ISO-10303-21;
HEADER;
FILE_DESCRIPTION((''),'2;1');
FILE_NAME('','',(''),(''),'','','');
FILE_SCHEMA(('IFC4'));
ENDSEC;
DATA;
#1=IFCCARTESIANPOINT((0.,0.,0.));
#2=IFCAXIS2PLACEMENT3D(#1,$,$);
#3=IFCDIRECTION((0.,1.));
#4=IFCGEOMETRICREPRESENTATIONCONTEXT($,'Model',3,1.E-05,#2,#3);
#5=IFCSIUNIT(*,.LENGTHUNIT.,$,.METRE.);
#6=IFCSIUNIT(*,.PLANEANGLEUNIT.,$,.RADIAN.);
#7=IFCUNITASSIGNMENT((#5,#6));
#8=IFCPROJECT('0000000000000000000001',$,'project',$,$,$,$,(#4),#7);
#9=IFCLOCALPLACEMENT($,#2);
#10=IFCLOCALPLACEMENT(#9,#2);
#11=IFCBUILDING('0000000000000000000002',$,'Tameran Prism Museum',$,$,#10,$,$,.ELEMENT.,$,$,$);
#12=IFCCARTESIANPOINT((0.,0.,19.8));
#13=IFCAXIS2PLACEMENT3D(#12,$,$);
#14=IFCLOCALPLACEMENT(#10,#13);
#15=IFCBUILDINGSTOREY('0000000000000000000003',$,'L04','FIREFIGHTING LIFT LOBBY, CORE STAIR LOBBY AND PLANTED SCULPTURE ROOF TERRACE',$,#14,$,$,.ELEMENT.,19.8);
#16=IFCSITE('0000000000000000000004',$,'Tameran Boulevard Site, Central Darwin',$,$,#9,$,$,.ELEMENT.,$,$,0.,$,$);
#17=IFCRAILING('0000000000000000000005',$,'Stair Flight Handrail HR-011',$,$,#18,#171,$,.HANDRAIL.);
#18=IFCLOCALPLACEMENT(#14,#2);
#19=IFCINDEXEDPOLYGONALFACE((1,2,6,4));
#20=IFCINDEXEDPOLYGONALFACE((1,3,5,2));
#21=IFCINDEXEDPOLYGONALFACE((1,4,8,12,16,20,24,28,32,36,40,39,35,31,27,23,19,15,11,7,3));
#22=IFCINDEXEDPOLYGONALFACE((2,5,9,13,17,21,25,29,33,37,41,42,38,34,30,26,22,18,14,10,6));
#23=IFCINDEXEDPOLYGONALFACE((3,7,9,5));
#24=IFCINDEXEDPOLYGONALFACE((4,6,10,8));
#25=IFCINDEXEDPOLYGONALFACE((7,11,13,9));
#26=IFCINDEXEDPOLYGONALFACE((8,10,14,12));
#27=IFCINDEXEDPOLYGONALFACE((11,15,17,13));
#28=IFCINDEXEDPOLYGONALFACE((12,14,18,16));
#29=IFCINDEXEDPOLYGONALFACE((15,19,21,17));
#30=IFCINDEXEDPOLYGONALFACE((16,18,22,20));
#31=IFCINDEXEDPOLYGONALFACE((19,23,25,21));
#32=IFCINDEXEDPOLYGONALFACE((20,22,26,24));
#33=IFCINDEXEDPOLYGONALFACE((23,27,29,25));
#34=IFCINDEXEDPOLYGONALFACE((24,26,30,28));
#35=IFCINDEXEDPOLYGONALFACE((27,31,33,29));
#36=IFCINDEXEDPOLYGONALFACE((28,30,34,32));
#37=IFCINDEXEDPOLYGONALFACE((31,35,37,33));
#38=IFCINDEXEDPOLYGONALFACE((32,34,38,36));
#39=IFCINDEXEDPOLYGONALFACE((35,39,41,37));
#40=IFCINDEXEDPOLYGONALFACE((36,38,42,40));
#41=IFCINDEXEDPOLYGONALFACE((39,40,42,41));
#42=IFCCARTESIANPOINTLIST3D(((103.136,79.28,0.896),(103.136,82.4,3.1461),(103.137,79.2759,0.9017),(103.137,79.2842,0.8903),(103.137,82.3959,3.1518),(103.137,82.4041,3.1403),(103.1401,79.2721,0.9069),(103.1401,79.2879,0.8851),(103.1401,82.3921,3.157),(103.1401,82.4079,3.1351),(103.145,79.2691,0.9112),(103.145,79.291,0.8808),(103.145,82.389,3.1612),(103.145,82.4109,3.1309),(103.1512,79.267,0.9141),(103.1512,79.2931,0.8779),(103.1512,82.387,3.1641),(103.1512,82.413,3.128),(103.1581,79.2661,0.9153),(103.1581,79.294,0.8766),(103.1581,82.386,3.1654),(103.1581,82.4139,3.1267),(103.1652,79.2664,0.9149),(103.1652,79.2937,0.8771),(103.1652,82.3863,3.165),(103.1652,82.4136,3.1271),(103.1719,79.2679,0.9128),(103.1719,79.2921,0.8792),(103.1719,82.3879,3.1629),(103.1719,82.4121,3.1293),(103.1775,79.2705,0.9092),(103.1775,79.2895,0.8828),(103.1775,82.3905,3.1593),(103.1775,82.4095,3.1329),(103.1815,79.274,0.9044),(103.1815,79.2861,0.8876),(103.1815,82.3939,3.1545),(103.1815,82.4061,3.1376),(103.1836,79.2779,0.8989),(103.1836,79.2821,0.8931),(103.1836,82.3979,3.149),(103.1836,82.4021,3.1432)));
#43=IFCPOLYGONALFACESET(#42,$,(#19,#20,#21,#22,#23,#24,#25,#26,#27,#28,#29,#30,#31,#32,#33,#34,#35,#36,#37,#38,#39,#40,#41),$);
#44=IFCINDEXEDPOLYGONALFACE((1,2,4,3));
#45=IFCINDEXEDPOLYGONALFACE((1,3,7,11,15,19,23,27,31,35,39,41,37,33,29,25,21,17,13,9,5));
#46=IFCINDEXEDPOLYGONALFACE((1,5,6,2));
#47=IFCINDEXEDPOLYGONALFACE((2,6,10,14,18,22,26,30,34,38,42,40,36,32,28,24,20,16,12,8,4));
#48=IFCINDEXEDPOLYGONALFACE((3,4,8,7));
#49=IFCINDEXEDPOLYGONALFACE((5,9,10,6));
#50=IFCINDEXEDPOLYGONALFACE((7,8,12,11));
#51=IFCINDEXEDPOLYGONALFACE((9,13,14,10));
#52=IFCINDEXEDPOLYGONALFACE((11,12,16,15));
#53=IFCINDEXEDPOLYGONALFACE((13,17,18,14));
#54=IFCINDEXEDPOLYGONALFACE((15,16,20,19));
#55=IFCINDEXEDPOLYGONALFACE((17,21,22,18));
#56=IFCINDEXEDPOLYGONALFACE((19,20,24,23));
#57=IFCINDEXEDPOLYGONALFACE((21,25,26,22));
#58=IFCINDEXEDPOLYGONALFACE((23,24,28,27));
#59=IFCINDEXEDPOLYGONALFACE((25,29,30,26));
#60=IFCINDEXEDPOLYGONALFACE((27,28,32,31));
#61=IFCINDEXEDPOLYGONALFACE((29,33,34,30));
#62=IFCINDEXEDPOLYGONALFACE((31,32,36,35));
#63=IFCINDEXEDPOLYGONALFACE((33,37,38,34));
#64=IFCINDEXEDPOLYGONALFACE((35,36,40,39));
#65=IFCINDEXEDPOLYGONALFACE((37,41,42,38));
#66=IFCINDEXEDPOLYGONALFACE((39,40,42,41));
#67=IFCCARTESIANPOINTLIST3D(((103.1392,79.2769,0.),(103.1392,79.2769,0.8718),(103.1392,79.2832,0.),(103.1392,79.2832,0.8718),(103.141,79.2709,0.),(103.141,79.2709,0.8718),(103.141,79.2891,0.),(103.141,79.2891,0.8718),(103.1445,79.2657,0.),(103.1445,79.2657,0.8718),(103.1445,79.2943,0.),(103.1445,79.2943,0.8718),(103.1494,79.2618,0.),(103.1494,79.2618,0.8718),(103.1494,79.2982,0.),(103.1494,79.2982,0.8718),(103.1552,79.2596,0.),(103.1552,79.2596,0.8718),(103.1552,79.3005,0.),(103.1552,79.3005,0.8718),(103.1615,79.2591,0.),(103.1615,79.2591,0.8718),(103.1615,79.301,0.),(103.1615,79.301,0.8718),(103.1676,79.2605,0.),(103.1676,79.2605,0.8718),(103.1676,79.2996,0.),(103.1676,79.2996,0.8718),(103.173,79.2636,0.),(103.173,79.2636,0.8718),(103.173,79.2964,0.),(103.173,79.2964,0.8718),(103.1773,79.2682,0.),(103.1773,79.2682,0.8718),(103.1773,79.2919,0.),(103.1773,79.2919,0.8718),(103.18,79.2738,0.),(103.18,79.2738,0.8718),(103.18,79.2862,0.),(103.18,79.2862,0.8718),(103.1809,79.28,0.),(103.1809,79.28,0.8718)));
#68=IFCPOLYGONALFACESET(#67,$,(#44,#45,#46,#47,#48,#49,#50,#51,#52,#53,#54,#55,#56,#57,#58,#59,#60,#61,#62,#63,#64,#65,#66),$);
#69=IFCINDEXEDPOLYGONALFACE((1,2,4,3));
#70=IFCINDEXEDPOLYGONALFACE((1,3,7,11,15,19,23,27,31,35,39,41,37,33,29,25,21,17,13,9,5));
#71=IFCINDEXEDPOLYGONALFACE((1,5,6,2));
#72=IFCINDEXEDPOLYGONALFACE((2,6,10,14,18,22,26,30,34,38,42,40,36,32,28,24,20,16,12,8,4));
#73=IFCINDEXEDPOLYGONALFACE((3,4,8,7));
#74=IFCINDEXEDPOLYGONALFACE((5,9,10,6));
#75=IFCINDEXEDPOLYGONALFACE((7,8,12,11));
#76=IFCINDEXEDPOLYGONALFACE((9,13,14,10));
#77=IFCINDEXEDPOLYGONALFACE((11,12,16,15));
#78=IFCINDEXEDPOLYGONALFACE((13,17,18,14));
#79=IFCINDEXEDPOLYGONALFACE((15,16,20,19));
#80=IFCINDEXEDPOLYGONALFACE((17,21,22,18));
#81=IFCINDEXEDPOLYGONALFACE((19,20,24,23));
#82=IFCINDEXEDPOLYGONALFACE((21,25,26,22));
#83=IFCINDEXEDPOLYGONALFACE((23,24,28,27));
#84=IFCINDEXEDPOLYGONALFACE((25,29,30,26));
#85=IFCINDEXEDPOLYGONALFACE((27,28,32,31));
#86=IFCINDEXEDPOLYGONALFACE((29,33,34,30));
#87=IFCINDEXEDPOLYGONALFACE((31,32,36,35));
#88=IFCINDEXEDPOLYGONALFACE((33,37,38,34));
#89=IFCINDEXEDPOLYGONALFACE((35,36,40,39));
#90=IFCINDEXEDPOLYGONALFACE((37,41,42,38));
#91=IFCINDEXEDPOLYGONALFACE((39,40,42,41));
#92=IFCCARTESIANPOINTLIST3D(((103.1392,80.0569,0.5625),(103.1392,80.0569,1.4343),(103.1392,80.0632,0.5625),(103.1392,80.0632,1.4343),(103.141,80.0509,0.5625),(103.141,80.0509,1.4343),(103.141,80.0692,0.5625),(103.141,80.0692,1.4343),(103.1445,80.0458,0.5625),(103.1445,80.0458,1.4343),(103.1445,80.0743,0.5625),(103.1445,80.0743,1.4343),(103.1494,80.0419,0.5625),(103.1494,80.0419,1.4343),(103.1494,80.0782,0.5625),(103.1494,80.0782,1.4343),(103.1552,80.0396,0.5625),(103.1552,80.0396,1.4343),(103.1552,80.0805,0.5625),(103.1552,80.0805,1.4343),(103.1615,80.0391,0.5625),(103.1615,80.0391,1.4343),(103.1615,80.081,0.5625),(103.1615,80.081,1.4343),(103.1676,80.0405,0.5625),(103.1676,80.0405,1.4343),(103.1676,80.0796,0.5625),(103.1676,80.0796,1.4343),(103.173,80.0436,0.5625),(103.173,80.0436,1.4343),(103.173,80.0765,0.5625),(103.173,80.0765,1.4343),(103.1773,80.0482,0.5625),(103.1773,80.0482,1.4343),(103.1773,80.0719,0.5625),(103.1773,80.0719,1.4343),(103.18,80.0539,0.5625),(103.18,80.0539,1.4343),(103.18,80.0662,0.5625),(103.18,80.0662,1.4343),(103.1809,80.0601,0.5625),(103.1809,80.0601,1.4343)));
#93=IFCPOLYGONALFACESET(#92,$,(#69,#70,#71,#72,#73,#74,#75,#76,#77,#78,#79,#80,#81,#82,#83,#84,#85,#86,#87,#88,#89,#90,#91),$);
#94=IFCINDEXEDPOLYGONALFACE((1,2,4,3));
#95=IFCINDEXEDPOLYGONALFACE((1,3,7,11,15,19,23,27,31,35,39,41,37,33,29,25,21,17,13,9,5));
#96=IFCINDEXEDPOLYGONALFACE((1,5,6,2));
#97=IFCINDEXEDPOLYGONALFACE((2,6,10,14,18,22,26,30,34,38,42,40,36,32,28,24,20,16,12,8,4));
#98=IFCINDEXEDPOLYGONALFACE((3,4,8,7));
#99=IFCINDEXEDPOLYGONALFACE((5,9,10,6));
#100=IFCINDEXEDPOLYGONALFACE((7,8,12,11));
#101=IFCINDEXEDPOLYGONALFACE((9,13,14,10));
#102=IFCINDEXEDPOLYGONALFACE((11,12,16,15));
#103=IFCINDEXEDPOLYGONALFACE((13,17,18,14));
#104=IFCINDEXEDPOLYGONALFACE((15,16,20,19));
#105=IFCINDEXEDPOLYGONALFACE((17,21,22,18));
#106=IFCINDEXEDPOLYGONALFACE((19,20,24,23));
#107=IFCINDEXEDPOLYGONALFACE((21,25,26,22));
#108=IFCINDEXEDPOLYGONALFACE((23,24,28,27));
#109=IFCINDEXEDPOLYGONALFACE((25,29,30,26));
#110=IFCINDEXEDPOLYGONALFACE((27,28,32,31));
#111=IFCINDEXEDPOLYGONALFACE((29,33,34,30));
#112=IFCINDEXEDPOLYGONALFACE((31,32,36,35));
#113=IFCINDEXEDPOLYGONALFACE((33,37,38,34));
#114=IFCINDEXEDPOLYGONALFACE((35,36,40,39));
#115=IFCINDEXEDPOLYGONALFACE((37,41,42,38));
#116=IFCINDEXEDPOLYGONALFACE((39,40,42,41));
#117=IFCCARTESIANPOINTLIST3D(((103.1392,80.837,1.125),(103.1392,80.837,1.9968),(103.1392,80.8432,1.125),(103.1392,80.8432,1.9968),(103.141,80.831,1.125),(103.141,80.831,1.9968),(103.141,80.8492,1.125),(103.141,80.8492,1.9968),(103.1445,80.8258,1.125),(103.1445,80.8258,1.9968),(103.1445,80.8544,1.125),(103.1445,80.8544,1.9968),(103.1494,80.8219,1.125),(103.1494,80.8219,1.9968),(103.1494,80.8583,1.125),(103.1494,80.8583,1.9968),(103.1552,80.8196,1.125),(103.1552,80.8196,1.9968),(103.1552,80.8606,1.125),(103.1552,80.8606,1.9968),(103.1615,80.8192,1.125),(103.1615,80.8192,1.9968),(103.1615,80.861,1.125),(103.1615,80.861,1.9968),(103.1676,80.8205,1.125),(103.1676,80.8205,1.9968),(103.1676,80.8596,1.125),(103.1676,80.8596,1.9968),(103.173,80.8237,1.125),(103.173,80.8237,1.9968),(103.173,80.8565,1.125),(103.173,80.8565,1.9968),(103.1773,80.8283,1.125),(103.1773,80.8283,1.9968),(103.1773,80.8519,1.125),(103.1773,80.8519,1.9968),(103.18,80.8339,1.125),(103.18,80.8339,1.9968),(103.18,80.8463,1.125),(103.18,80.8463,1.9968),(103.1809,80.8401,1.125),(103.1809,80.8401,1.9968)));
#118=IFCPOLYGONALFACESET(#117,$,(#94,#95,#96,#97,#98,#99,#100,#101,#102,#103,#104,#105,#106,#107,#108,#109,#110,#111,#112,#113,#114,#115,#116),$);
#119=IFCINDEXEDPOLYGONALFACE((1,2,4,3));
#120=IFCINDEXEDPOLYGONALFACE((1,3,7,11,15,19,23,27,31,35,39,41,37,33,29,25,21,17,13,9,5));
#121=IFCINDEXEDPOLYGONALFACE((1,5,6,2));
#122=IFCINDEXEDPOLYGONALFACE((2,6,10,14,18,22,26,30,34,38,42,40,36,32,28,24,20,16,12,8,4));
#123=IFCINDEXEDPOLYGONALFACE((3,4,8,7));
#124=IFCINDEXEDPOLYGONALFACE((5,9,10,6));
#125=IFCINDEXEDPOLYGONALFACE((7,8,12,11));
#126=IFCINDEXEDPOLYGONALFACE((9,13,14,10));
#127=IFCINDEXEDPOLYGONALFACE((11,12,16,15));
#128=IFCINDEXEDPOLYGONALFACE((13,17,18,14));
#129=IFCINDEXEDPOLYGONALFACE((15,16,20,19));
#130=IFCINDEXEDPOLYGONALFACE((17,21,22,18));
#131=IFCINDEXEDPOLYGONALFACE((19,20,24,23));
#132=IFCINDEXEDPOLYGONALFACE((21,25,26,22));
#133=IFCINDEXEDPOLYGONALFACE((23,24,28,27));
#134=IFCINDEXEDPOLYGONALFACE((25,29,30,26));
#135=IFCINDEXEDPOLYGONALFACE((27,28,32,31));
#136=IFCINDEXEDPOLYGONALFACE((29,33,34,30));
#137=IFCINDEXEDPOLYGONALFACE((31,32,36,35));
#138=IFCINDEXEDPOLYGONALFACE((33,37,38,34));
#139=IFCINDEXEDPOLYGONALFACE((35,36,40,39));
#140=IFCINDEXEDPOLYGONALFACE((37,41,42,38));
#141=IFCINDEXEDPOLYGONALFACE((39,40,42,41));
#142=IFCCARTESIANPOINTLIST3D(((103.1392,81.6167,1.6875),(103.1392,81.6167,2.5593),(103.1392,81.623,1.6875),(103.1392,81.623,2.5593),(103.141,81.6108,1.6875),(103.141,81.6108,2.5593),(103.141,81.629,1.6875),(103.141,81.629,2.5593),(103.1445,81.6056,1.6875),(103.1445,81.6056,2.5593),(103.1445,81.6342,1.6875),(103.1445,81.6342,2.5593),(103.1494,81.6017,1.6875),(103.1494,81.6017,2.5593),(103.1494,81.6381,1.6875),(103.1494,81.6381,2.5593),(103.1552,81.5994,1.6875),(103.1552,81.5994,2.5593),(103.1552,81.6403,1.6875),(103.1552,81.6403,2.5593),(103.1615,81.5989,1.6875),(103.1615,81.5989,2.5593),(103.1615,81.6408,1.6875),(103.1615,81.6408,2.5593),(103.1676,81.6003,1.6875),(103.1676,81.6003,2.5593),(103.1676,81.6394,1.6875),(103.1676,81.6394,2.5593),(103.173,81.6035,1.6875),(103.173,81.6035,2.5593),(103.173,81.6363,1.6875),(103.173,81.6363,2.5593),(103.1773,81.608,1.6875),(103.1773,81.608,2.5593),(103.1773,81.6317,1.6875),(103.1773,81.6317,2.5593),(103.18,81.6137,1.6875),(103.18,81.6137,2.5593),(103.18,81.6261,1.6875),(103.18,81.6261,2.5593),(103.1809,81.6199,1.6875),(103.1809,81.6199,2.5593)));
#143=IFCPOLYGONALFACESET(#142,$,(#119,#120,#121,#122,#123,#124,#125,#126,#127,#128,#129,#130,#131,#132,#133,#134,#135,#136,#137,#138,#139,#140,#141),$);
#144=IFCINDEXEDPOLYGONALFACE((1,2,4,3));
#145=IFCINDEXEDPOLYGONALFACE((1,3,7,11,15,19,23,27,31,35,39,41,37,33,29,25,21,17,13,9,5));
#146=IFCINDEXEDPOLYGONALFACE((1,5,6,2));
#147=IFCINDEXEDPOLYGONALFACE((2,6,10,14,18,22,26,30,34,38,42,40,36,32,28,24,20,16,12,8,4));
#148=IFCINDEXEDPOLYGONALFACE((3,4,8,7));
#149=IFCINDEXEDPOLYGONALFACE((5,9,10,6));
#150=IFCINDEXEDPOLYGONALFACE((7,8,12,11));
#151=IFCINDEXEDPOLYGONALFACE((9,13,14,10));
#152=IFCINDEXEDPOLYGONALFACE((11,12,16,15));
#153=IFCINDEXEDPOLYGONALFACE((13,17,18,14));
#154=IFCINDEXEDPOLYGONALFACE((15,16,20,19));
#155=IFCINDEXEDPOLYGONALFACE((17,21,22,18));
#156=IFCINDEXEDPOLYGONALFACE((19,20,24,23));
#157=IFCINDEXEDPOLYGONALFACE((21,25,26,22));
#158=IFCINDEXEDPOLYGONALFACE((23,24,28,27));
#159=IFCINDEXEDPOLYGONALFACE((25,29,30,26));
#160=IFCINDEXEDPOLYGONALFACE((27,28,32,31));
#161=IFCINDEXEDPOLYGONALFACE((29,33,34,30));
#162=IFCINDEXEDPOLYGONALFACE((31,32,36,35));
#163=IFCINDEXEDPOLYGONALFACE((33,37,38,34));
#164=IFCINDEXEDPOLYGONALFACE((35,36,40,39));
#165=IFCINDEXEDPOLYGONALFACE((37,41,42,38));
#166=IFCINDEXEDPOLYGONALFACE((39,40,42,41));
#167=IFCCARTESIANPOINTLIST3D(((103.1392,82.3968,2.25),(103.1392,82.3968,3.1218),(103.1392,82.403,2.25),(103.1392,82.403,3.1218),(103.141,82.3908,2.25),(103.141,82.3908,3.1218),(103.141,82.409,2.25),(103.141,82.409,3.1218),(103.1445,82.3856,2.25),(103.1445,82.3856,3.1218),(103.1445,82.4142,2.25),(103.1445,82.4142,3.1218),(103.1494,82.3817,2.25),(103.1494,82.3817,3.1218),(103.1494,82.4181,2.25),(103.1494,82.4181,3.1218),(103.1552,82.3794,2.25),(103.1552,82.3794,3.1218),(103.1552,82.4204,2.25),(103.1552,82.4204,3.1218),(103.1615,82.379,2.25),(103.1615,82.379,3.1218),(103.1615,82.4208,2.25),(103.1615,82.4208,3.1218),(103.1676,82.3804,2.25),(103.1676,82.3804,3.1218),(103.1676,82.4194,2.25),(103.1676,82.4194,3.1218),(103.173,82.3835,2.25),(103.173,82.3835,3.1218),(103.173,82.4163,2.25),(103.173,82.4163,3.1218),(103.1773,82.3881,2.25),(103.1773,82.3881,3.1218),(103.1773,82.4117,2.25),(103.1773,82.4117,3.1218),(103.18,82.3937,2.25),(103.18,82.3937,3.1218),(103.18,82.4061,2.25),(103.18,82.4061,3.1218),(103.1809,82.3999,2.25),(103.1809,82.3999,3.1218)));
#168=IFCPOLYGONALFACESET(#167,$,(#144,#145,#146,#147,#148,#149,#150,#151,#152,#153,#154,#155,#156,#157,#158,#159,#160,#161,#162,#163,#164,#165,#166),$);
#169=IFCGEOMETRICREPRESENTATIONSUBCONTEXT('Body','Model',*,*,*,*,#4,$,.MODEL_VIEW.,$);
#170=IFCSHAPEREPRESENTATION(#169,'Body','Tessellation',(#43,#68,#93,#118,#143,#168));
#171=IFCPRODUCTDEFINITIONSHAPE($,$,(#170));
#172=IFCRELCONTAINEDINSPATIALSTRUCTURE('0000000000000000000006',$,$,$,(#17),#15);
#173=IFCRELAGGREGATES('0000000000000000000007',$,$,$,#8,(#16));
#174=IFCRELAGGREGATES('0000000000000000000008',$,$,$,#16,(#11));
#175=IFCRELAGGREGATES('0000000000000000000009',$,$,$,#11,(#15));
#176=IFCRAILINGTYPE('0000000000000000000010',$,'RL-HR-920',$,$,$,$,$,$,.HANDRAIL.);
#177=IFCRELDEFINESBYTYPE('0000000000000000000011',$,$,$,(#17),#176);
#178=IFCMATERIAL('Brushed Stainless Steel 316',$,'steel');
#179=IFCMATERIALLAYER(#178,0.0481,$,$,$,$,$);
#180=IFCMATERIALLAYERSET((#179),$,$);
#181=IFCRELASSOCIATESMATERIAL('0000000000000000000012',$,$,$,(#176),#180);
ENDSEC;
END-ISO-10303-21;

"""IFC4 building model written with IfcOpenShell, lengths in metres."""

from ifc_helpers import new_model, si_unit, direction, frame, origin, origin_2d, place, context, subcontext, project, spatial, circle, extrude, material, layer, layer_set, type_object, element, save


model = new_model("IFC4")

# Units and contexts
model_context = context("Model", 3, precision=1e-05, world=origin(), true_north=direction((0.0, 1.0)))
body_context = subcontext(model_context, "Body", "Model", "MODEL_VIEW")
ifc_project = project(units=[si_unit("LENGTHUNIT", "METRE"), si_unit("PLANEANGLEUNIT", "RADIAN")], contexts=[model_context])

# Site, building, storey
site_placement = place(None, origin())
site = spatial("IfcSite", under=ifc_project, at=site_placement, Name="Tameran Boulevard Site, Central Darwin", CompositionType="ELEMENT", RefElevation=0.0)
building_placement = place(site_placement, origin())
building = spatial("IfcBuilding", under=site, at=building_placement, Name="Tameran Prism Museum", CompositionType="ELEMENT")
storey_placement = place(building_placement, frame((0.0, 0.0, 19.8)))
storey = spatial("IfcBuildingStorey", under=building, at=storey_placement, Name="L04", Description="FIREFIGHTING LIFT LOBBY, CORE STAIR LOBBY AND PLANTED SCULPTURE ROOF TERRACE", CompositionType="ELEMENT", Elevation=19.8)

# Railing
ifc_material_1 = material(Name="Brushed Stainless Steel 316", Category="steel")
ifc_layer_1 = layer(ifc_material_1, 0.0481)
ifc_layer_set_1 = layer_set([ifc_layer_1])
railing_type = type_object("IfcRailingType", Name="RL-HR-920", PredefinedType="HANDRAIL", material=ifc_layer_set_1)
for number, where, name in (
    (1, (103.1599, 79.28, 0.0), "Stair Flight Handrail HR-011"),
):
    element("IfcRailing", number, at=place(storey_placement, frame(where)), inside=storey, type_object=railing_type, Name=name, PredefinedType="HANDRAIL", context=body_context, shape_type="SweptSolid", body=[
        extrude(circle(Radius=0.0239, at=origin_2d()), frame((0.0, 0.0, 0.896), z_axis=(0.0, 0.811079, 0.584937), x_axis=(-1.0, 0.0, 0.0)), (0.0, 0.0, 1.0), 3.8467),
        extrude(circle(Radius=0.021, at=origin_2d()), origin(), (0.0, 0.0, 1.0), 0.8718),
        extrude(circle(Radius=0.021, at=origin_2d()), frame((0.0, 0.78, 0.5625)), (0.0, 0.0, 1.0), 0.8718),
        extrude(circle(Radius=0.021, at=origin_2d()), frame((0.0, 1.5601, 1.125)), (0.0, 0.0, 1.0), 0.8718),
        extrude(circle(Radius=0.021, at=origin_2d()), frame((0.0, 2.3398, 1.6875)), (0.0, 0.0, 1.0), 0.8718),
        extrude(circle(Radius=0.021, at=origin_2d()), frame((0.0, 3.1199, 2.25)), (0.0, 0.0, 1.0), 0.8718),
    ])

save(model, "model.ifc")
